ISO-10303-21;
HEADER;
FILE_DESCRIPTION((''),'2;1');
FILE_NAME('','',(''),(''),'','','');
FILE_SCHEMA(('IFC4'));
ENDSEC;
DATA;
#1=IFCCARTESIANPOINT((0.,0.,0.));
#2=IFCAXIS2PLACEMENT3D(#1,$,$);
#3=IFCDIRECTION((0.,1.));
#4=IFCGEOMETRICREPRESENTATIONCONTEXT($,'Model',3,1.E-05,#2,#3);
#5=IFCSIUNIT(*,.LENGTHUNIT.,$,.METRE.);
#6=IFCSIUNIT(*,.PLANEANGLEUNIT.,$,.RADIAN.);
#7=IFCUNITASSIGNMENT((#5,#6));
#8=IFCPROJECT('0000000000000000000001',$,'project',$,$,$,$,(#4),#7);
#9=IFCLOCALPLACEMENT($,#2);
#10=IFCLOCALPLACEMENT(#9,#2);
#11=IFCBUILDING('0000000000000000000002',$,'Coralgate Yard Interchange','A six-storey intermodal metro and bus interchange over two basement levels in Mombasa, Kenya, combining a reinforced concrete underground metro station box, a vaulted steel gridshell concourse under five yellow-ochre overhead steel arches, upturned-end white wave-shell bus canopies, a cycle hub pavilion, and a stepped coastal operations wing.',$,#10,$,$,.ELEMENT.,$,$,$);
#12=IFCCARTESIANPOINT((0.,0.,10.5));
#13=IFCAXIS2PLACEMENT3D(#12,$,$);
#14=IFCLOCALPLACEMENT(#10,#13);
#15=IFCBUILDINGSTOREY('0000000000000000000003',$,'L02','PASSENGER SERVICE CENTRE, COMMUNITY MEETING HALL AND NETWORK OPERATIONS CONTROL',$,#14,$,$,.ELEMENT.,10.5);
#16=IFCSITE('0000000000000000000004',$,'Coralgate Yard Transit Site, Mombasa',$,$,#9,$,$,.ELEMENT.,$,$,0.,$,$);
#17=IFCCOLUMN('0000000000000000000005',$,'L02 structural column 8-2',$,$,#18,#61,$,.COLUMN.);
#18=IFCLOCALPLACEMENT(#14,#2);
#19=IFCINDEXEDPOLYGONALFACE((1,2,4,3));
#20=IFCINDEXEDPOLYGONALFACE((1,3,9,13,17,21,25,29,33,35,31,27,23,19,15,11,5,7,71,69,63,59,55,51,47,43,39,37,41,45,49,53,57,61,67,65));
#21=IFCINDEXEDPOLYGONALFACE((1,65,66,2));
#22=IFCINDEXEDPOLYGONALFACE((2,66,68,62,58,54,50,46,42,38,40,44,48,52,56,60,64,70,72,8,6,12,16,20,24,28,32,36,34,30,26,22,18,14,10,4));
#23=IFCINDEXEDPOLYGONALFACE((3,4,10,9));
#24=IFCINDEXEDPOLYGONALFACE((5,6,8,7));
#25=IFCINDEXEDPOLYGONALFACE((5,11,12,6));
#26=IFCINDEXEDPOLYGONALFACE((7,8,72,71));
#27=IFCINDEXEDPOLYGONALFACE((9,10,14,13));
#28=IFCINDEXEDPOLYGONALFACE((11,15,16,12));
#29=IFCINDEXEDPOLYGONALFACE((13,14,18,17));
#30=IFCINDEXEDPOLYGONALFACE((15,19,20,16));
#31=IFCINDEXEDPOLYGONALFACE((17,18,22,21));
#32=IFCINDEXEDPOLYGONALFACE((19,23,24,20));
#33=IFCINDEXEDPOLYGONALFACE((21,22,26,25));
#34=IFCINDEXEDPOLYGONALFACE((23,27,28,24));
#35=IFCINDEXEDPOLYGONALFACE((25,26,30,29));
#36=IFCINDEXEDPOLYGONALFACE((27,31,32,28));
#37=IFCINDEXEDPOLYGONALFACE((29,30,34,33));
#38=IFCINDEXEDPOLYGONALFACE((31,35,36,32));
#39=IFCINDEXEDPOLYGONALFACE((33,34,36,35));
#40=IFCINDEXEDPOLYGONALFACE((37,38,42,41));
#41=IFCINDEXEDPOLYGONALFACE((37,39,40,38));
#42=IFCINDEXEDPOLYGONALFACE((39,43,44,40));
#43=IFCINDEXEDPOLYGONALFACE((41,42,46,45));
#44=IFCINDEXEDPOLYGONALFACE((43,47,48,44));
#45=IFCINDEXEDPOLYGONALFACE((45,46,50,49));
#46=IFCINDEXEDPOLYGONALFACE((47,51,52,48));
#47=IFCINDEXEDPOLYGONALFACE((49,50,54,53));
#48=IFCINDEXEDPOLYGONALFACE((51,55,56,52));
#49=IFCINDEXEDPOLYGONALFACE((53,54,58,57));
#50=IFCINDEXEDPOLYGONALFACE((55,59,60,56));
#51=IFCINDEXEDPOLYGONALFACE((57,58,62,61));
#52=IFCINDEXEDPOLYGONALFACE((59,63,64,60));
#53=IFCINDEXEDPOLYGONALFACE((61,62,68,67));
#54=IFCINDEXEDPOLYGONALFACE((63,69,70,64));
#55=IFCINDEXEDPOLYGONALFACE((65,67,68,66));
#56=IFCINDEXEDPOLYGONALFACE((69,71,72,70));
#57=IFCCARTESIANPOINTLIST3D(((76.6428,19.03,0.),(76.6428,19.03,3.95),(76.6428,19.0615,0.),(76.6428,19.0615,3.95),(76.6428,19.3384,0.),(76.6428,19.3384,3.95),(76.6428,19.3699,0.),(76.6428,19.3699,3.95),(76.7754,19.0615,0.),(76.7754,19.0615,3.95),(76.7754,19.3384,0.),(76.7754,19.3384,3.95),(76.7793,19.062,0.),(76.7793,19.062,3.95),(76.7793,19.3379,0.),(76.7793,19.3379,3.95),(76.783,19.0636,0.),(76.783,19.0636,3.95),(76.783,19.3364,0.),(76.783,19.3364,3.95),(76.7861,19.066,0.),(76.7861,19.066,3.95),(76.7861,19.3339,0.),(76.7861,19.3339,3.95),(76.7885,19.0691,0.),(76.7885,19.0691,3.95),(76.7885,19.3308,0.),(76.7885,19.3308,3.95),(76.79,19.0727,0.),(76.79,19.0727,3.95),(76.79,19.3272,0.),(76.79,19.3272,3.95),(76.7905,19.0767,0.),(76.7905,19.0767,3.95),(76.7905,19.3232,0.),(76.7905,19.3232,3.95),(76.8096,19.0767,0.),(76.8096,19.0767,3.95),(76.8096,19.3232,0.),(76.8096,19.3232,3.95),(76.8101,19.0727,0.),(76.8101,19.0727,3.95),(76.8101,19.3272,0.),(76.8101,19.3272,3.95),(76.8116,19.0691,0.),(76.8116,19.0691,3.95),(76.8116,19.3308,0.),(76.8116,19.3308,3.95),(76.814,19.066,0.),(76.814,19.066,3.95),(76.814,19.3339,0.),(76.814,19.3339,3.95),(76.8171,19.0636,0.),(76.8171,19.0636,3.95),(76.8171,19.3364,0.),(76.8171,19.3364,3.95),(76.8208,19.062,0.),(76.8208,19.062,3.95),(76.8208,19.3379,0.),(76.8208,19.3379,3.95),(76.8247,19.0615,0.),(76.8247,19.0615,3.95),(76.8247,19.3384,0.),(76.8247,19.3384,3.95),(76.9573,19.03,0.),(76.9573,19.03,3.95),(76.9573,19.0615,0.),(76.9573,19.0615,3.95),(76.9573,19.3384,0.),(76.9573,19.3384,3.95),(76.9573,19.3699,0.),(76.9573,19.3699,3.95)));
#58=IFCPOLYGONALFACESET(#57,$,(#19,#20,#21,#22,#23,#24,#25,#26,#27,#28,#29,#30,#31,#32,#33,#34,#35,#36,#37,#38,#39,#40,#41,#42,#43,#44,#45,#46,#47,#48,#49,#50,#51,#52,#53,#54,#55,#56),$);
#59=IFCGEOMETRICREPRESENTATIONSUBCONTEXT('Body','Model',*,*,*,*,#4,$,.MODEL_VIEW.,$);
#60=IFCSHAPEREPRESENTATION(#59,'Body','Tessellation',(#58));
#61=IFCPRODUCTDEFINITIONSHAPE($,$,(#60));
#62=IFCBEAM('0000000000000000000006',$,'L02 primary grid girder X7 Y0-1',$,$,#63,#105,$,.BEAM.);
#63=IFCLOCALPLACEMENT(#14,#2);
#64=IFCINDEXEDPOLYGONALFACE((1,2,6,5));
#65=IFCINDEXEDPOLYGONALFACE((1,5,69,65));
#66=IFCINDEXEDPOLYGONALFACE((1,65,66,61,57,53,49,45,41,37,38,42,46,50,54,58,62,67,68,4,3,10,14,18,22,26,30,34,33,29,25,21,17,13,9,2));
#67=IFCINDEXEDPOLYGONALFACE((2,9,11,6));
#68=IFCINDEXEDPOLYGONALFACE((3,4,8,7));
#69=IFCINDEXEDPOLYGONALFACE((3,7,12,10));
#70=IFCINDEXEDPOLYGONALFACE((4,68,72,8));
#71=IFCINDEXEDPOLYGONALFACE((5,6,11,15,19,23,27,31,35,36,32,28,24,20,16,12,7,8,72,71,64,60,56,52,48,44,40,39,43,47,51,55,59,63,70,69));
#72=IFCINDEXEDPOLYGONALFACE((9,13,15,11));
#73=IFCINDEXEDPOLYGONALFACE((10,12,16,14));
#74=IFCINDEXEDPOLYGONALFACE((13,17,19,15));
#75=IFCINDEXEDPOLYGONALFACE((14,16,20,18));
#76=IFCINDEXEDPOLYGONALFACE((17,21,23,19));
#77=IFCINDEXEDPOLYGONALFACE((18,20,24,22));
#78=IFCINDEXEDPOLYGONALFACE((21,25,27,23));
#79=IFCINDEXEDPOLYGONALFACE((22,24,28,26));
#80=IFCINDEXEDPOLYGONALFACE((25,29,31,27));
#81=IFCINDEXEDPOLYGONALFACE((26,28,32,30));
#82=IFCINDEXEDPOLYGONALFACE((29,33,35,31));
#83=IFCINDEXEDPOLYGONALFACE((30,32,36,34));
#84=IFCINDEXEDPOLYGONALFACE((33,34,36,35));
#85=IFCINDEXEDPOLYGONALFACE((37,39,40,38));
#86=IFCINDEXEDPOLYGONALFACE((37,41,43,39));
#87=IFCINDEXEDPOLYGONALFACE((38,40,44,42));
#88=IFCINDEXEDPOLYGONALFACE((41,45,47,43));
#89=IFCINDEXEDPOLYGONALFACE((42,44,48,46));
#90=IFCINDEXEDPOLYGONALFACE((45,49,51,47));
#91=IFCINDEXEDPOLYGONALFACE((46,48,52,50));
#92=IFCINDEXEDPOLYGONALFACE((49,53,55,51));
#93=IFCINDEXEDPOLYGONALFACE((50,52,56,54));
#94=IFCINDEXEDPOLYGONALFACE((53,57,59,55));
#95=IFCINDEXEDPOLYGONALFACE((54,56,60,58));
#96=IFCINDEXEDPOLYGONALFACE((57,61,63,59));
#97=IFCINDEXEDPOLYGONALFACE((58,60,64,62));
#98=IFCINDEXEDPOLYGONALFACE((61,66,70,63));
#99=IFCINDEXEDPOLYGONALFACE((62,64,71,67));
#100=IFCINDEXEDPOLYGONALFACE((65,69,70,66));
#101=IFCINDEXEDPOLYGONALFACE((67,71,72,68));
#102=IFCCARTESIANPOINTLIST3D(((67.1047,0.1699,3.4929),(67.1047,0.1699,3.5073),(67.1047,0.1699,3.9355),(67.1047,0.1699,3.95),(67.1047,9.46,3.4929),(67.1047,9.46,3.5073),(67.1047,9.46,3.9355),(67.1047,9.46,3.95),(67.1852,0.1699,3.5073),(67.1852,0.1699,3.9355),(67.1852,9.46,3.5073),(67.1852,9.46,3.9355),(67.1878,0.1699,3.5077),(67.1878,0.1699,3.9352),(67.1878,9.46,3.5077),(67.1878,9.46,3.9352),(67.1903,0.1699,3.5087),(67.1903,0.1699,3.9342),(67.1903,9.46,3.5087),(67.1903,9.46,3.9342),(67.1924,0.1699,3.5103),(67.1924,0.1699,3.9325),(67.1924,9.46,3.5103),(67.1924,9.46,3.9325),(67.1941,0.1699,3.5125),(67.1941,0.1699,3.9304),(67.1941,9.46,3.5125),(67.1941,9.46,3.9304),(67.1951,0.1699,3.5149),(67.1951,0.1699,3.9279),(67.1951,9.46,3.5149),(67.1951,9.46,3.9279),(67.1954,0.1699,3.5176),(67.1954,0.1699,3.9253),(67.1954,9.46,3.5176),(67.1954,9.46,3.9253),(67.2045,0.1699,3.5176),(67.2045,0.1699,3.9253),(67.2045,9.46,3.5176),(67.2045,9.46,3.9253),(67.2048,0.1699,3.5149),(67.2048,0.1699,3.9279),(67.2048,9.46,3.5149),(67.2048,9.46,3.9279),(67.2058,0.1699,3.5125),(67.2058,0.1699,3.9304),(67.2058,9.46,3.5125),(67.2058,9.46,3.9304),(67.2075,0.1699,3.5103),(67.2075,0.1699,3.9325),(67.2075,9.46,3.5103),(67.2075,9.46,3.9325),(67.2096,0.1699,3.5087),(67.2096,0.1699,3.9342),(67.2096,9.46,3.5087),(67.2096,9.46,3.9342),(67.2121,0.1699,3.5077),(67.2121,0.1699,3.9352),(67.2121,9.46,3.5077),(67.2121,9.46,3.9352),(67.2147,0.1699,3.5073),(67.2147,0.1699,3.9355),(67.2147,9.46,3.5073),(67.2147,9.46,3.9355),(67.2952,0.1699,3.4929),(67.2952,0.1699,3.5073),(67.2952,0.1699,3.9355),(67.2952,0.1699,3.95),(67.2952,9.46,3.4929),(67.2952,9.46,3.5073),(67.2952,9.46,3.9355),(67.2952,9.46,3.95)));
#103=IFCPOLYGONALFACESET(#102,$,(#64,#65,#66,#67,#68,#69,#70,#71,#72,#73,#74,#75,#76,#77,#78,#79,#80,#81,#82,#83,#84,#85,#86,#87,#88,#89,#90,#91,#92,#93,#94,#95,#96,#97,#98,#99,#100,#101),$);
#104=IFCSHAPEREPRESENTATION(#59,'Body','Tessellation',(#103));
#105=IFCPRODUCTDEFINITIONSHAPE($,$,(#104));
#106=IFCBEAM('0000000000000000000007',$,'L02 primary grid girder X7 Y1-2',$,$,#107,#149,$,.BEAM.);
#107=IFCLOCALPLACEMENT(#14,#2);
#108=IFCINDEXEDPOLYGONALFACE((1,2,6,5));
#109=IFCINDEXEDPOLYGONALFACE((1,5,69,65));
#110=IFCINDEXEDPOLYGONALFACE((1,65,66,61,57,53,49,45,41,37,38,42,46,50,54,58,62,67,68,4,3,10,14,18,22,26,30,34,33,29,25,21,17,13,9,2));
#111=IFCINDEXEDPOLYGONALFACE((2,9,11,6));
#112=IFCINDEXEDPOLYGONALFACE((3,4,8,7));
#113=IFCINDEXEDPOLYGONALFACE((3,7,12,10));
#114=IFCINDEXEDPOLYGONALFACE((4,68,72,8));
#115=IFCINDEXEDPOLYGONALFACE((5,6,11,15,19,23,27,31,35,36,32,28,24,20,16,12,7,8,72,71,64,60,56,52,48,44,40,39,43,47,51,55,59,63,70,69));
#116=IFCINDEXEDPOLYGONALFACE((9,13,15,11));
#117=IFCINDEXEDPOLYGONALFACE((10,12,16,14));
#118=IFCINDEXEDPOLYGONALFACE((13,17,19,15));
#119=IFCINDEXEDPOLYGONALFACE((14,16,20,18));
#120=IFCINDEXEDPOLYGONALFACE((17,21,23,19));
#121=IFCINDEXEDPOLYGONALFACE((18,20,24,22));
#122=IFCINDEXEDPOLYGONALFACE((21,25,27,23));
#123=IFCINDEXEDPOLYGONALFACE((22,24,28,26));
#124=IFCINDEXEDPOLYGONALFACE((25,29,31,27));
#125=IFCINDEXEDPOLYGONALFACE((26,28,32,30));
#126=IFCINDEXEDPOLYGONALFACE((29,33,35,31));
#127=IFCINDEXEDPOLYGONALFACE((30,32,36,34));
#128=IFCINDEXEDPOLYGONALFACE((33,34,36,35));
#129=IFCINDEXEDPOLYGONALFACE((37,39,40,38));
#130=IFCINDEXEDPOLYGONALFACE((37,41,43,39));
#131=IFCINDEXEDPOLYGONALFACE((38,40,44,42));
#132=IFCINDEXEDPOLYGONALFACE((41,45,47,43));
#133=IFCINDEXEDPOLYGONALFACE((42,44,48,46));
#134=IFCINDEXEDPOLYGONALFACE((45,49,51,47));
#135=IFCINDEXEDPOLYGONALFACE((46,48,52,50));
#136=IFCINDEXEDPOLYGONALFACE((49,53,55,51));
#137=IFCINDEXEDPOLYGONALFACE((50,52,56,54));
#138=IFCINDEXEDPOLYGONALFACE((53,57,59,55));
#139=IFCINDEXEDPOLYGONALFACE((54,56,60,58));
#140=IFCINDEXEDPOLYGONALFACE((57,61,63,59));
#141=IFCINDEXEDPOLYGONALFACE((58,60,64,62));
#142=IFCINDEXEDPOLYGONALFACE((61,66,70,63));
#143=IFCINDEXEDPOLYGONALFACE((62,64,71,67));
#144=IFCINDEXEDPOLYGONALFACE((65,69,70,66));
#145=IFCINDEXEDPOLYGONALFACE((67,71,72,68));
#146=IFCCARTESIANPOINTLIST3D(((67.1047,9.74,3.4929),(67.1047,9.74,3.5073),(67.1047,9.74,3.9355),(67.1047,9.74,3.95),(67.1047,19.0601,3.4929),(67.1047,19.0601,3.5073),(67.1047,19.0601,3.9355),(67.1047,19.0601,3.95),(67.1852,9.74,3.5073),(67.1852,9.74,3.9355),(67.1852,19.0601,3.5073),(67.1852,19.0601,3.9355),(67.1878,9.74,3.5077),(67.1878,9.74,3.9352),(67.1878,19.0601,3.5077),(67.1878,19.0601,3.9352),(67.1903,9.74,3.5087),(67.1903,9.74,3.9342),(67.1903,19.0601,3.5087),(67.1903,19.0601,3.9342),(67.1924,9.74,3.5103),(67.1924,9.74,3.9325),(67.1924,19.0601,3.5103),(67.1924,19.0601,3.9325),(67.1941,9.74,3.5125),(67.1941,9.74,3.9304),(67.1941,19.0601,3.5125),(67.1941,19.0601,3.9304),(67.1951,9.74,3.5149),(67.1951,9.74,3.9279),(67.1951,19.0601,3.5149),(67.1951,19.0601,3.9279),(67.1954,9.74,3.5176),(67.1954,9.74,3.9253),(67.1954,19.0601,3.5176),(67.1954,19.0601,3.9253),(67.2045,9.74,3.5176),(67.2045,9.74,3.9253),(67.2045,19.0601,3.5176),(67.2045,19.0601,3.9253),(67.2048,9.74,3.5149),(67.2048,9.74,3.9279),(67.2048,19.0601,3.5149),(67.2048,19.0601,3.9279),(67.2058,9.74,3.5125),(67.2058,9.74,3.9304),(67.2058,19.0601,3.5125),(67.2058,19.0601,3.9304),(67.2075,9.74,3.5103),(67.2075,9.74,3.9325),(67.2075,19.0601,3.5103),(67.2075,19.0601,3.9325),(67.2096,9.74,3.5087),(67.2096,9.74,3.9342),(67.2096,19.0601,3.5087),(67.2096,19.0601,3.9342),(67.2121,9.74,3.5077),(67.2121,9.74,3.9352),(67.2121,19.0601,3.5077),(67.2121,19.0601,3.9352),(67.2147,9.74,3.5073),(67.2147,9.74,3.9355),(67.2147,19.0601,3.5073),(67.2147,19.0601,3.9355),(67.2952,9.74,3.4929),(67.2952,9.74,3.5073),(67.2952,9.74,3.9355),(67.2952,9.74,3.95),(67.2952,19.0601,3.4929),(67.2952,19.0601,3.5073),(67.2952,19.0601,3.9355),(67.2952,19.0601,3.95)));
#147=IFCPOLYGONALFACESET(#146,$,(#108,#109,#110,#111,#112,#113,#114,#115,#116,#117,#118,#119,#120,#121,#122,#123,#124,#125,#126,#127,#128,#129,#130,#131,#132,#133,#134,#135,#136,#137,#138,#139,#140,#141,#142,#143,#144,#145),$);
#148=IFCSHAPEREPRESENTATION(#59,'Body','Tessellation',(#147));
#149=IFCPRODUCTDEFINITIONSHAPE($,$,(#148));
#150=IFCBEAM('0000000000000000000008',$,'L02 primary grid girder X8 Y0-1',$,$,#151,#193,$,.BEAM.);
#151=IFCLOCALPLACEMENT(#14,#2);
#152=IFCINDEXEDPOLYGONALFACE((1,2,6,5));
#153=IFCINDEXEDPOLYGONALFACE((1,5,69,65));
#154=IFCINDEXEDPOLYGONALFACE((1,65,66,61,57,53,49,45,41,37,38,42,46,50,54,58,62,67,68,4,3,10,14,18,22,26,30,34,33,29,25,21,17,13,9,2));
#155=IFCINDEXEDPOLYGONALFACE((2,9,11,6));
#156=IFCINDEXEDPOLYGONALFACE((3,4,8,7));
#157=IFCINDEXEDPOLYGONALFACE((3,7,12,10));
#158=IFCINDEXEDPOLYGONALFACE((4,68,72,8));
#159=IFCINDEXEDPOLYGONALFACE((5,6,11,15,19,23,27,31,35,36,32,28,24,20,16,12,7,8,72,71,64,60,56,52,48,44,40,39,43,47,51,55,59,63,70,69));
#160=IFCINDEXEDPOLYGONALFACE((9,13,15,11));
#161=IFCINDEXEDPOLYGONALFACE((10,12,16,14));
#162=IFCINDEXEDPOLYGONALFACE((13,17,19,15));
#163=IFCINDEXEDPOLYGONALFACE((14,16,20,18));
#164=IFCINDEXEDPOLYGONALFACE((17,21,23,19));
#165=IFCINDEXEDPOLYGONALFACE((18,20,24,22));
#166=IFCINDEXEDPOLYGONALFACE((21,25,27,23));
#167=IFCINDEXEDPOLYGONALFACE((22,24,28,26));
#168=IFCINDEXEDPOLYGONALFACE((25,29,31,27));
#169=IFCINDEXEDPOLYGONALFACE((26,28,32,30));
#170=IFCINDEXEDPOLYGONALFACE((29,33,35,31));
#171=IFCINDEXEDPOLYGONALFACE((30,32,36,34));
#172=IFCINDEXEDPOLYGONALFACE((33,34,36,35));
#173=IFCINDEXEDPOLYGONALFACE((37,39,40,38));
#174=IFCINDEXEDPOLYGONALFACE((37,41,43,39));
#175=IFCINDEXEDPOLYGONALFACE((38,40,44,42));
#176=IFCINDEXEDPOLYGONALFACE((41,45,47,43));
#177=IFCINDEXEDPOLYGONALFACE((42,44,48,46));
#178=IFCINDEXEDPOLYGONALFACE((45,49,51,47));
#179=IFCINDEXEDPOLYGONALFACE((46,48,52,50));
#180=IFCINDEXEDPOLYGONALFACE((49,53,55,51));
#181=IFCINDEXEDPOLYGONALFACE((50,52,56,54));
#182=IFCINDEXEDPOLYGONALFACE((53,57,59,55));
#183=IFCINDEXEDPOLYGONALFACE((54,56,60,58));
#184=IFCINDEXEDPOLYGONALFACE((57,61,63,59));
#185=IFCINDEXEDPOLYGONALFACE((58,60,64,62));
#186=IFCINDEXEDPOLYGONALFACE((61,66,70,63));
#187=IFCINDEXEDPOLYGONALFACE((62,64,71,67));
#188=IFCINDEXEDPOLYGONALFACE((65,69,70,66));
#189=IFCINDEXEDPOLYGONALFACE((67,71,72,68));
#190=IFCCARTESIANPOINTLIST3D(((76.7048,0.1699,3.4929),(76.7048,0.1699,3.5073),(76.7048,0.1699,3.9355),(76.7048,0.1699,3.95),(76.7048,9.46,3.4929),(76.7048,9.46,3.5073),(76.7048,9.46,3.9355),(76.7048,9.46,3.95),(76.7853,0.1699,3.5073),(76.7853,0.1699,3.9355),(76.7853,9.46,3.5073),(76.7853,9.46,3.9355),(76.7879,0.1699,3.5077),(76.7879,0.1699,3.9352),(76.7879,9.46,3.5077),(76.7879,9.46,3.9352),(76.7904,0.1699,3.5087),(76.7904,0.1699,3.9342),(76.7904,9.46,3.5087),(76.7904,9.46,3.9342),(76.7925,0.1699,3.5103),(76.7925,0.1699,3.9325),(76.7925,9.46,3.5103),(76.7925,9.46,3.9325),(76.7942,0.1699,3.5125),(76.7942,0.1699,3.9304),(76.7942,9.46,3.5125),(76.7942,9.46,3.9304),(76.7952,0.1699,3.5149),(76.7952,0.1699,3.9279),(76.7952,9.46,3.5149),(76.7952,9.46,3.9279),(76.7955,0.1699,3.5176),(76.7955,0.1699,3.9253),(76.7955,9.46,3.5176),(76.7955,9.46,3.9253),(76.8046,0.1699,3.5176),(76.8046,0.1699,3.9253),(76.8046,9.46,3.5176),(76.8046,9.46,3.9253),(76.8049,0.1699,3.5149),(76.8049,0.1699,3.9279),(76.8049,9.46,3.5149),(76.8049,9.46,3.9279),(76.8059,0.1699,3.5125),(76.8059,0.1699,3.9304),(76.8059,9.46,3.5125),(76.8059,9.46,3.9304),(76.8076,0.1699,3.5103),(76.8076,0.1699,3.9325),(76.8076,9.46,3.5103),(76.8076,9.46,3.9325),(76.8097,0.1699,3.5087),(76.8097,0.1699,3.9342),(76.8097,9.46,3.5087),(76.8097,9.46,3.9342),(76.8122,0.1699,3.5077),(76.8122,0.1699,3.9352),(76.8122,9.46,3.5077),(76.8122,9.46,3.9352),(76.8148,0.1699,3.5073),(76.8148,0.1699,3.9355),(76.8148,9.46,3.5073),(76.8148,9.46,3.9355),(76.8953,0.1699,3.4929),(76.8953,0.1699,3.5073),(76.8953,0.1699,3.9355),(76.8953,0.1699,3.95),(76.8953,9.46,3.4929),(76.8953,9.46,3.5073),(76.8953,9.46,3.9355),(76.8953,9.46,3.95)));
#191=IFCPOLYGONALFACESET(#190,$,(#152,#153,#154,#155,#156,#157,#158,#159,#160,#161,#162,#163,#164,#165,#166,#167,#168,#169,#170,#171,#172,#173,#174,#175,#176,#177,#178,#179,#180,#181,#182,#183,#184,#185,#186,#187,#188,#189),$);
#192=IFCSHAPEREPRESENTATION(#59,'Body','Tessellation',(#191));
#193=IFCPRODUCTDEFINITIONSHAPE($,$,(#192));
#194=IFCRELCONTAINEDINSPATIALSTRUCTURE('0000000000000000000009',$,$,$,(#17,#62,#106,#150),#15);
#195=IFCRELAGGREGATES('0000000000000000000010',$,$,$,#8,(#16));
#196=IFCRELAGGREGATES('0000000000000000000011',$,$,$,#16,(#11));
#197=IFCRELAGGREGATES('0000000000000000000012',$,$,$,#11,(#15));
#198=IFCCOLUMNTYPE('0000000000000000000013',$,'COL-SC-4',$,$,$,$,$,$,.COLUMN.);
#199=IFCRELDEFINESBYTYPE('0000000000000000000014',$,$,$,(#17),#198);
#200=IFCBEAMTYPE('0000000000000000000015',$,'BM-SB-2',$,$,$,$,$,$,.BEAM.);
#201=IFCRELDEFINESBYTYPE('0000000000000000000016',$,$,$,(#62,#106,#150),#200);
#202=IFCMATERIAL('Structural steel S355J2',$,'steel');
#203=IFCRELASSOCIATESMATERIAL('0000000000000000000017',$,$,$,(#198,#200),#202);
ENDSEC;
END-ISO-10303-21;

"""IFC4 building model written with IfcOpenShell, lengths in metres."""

from ifc_helpers import new_model, si_unit, direction, frame, origin, origin_2d, place, context, subcontext, project, spatial, i_section, extrude, material, material_profile, profile_set, type_object, element, save


model = new_model("IFC4")

# Units and contexts
model_context = context("Model", 3, precision=1e-05, world=origin(), true_north=direction((0.0, 1.0)))
body_context = subcontext(model_context, "Body", "Model", "MODEL_VIEW")
ifc_project = project(units=[si_unit("LENGTHUNIT", "METRE"), si_unit("PLANEANGLEUNIT", "RADIAN")], contexts=[model_context])

# Site, building, storey
site_placement = place(None, origin())
site = spatial("IfcSite", under=ifc_project, at=site_placement, Name="Coralgate Yard Transit Site, Mombasa", CompositionType="ELEMENT", RefElevation=0.0)
building_placement = place(site_placement, origin())
building = spatial("IfcBuilding", under=site, at=building_placement, Name="Coralgate Yard Interchange", Description="A six-storey intermodal metro and bus interchange over two basement levels in Mombasa, Kenya, combining a reinforced concrete underground metro station box, a vaulted steel gridshell concourse under five yellow-ochre overhead steel arches, upturned-end white wave-shell bus canopies, a cycle hub pavilion, and a stepped coastal operations wing.", CompositionType="ELEMENT")
storey_placement = place(building_placement, frame((0.0, 0.0, 10.5)))
storey = spatial("IfcBuildingStorey", under=building, at=storey_placement, Name="L02", Description="PASSENGER SERVICE CENTRE, COMMUNITY MEETING HALL AND NETWORK OPERATIONS CONTROL", CompositionType="ELEMENT", Elevation=10.5)

# Column
ifc_material_1 = material(Name="Structural steel S355J2", Category="steel")
ifc_material_profile_1 = material_profile(ifc_material_1, i_section(OverallWidth=0.3145, OverallDepth=0.3398, WebThickness=0.019, FlangeThickness=0.0315, FilletRadius=0.0151, at=origin_2d()), Name="UC 305x305x198")
ifc_profile_set_1 = profile_set([ifc_material_profile_1], Name="Structural steel S355J2")
column_type_1 = type_object("IfcColumnType", Name="COL-SC-4", PredefinedType="COLUMN", material=ifc_profile_set_1)
for number, where, z_axis, x_axis, name in (
    (1, (76.8, 19.2, 0.0), (0.0, 0.0, 1.0), (1.0, 0.0, 0.0), "L02 structural column 8-2"),
):
    element("IfcColumn", number, at=place(storey_placement, frame(where, z_axis=z_axis, x_axis=x_axis)), inside=storey, type_object=column_type_1, Name=name, PredefinedType="COLUMN", context=body_context, shape_type="SweptSolid", body=[
        extrude(i_section(OverallWidth=0.3145, OverallDepth=0.3398, WebThickness=0.019, FlangeThickness=0.0315, FilletRadius=0.0151, at=origin_2d()), origin(), (0.0, 0.0, 1.0), 3.95),
    ])

# Beams
ifc_material_profile_2 = material_profile(ifc_material_1, i_section(OverallWidth=0.1904, OverallDepth=0.457, WebThickness=0.009, FlangeThickness=0.0144, FilletRadius=0.0103, at=origin_2d()), Name="UB 457x191x74")
ifc_profile_set_2 = profile_set([ifc_material_profile_2], Name="Structural steel S355J2")
beam_type_1 = type_object("IfcBeamType", Name="BM-SB-2", PredefinedType="BEAM", material=ifc_profile_set_2)
beam_1_placement = place(storey_placement, frame((67.2, 0.1699, 3.7214), z_axis=(0.0, 1.0, 0.0), x_axis=(-1.0, 0.0, 0.0)))
element("IfcBeam", 2, at=beam_1_placement, inside=storey, type_object=beam_type_1, Name="L02 primary grid girder X7 Y0-1", PredefinedType="BEAM", context=body_context, shape_type="SweptSolid", body=[
    extrude(i_section(OverallWidth=0.1904, OverallDepth=0.457, WebThickness=0.009, FlangeThickness=0.0144, FilletRadius=0.0103, at=origin_2d()), origin(), (0.0, 0.0, 1.0), 9.29),
])
beam_2_placement = place(storey_placement, frame((67.2, 9.74, 3.7214), z_axis=(0.0, 1.0, 0.0), x_axis=(-1.0, 0.0, 0.0)))
element("IfcBeam", 3, at=beam_2_placement, inside=storey, type_object=beam_type_1, Name="L02 primary grid girder X7 Y1-2", PredefinedType="BEAM", context=body_context, shape_type="SweptSolid", body=[
    extrude(i_section(OverallWidth=0.1904, OverallDepth=0.457, WebThickness=0.009, FlangeThickness=0.0144, FilletRadius=0.0103, at=origin_2d()), origin(), (0.0, 0.0, 1.0), 9.3201),
])
beam_3_placement = place(storey_placement, frame((76.8, 0.1699, 3.7214), z_axis=(0.0, 1.0, 0.0), x_axis=(-1.0, 0.0, 0.0)))
element("IfcBeam", 4, at=beam_3_placement, inside=storey, type_object=beam_type_1, Name="L02 primary grid girder X8 Y0-1", PredefinedType="BEAM", context=body_context, shape_type="SweptSolid", body=[
    extrude(i_section(OverallWidth=0.1904, OverallDepth=0.457, WebThickness=0.009, FlangeThickness=0.0144, FilletRadius=0.0103, at=origin_2d()), origin(), (0.0, 0.0, 1.0), 9.29),
])

save(model, "model.ifc")
